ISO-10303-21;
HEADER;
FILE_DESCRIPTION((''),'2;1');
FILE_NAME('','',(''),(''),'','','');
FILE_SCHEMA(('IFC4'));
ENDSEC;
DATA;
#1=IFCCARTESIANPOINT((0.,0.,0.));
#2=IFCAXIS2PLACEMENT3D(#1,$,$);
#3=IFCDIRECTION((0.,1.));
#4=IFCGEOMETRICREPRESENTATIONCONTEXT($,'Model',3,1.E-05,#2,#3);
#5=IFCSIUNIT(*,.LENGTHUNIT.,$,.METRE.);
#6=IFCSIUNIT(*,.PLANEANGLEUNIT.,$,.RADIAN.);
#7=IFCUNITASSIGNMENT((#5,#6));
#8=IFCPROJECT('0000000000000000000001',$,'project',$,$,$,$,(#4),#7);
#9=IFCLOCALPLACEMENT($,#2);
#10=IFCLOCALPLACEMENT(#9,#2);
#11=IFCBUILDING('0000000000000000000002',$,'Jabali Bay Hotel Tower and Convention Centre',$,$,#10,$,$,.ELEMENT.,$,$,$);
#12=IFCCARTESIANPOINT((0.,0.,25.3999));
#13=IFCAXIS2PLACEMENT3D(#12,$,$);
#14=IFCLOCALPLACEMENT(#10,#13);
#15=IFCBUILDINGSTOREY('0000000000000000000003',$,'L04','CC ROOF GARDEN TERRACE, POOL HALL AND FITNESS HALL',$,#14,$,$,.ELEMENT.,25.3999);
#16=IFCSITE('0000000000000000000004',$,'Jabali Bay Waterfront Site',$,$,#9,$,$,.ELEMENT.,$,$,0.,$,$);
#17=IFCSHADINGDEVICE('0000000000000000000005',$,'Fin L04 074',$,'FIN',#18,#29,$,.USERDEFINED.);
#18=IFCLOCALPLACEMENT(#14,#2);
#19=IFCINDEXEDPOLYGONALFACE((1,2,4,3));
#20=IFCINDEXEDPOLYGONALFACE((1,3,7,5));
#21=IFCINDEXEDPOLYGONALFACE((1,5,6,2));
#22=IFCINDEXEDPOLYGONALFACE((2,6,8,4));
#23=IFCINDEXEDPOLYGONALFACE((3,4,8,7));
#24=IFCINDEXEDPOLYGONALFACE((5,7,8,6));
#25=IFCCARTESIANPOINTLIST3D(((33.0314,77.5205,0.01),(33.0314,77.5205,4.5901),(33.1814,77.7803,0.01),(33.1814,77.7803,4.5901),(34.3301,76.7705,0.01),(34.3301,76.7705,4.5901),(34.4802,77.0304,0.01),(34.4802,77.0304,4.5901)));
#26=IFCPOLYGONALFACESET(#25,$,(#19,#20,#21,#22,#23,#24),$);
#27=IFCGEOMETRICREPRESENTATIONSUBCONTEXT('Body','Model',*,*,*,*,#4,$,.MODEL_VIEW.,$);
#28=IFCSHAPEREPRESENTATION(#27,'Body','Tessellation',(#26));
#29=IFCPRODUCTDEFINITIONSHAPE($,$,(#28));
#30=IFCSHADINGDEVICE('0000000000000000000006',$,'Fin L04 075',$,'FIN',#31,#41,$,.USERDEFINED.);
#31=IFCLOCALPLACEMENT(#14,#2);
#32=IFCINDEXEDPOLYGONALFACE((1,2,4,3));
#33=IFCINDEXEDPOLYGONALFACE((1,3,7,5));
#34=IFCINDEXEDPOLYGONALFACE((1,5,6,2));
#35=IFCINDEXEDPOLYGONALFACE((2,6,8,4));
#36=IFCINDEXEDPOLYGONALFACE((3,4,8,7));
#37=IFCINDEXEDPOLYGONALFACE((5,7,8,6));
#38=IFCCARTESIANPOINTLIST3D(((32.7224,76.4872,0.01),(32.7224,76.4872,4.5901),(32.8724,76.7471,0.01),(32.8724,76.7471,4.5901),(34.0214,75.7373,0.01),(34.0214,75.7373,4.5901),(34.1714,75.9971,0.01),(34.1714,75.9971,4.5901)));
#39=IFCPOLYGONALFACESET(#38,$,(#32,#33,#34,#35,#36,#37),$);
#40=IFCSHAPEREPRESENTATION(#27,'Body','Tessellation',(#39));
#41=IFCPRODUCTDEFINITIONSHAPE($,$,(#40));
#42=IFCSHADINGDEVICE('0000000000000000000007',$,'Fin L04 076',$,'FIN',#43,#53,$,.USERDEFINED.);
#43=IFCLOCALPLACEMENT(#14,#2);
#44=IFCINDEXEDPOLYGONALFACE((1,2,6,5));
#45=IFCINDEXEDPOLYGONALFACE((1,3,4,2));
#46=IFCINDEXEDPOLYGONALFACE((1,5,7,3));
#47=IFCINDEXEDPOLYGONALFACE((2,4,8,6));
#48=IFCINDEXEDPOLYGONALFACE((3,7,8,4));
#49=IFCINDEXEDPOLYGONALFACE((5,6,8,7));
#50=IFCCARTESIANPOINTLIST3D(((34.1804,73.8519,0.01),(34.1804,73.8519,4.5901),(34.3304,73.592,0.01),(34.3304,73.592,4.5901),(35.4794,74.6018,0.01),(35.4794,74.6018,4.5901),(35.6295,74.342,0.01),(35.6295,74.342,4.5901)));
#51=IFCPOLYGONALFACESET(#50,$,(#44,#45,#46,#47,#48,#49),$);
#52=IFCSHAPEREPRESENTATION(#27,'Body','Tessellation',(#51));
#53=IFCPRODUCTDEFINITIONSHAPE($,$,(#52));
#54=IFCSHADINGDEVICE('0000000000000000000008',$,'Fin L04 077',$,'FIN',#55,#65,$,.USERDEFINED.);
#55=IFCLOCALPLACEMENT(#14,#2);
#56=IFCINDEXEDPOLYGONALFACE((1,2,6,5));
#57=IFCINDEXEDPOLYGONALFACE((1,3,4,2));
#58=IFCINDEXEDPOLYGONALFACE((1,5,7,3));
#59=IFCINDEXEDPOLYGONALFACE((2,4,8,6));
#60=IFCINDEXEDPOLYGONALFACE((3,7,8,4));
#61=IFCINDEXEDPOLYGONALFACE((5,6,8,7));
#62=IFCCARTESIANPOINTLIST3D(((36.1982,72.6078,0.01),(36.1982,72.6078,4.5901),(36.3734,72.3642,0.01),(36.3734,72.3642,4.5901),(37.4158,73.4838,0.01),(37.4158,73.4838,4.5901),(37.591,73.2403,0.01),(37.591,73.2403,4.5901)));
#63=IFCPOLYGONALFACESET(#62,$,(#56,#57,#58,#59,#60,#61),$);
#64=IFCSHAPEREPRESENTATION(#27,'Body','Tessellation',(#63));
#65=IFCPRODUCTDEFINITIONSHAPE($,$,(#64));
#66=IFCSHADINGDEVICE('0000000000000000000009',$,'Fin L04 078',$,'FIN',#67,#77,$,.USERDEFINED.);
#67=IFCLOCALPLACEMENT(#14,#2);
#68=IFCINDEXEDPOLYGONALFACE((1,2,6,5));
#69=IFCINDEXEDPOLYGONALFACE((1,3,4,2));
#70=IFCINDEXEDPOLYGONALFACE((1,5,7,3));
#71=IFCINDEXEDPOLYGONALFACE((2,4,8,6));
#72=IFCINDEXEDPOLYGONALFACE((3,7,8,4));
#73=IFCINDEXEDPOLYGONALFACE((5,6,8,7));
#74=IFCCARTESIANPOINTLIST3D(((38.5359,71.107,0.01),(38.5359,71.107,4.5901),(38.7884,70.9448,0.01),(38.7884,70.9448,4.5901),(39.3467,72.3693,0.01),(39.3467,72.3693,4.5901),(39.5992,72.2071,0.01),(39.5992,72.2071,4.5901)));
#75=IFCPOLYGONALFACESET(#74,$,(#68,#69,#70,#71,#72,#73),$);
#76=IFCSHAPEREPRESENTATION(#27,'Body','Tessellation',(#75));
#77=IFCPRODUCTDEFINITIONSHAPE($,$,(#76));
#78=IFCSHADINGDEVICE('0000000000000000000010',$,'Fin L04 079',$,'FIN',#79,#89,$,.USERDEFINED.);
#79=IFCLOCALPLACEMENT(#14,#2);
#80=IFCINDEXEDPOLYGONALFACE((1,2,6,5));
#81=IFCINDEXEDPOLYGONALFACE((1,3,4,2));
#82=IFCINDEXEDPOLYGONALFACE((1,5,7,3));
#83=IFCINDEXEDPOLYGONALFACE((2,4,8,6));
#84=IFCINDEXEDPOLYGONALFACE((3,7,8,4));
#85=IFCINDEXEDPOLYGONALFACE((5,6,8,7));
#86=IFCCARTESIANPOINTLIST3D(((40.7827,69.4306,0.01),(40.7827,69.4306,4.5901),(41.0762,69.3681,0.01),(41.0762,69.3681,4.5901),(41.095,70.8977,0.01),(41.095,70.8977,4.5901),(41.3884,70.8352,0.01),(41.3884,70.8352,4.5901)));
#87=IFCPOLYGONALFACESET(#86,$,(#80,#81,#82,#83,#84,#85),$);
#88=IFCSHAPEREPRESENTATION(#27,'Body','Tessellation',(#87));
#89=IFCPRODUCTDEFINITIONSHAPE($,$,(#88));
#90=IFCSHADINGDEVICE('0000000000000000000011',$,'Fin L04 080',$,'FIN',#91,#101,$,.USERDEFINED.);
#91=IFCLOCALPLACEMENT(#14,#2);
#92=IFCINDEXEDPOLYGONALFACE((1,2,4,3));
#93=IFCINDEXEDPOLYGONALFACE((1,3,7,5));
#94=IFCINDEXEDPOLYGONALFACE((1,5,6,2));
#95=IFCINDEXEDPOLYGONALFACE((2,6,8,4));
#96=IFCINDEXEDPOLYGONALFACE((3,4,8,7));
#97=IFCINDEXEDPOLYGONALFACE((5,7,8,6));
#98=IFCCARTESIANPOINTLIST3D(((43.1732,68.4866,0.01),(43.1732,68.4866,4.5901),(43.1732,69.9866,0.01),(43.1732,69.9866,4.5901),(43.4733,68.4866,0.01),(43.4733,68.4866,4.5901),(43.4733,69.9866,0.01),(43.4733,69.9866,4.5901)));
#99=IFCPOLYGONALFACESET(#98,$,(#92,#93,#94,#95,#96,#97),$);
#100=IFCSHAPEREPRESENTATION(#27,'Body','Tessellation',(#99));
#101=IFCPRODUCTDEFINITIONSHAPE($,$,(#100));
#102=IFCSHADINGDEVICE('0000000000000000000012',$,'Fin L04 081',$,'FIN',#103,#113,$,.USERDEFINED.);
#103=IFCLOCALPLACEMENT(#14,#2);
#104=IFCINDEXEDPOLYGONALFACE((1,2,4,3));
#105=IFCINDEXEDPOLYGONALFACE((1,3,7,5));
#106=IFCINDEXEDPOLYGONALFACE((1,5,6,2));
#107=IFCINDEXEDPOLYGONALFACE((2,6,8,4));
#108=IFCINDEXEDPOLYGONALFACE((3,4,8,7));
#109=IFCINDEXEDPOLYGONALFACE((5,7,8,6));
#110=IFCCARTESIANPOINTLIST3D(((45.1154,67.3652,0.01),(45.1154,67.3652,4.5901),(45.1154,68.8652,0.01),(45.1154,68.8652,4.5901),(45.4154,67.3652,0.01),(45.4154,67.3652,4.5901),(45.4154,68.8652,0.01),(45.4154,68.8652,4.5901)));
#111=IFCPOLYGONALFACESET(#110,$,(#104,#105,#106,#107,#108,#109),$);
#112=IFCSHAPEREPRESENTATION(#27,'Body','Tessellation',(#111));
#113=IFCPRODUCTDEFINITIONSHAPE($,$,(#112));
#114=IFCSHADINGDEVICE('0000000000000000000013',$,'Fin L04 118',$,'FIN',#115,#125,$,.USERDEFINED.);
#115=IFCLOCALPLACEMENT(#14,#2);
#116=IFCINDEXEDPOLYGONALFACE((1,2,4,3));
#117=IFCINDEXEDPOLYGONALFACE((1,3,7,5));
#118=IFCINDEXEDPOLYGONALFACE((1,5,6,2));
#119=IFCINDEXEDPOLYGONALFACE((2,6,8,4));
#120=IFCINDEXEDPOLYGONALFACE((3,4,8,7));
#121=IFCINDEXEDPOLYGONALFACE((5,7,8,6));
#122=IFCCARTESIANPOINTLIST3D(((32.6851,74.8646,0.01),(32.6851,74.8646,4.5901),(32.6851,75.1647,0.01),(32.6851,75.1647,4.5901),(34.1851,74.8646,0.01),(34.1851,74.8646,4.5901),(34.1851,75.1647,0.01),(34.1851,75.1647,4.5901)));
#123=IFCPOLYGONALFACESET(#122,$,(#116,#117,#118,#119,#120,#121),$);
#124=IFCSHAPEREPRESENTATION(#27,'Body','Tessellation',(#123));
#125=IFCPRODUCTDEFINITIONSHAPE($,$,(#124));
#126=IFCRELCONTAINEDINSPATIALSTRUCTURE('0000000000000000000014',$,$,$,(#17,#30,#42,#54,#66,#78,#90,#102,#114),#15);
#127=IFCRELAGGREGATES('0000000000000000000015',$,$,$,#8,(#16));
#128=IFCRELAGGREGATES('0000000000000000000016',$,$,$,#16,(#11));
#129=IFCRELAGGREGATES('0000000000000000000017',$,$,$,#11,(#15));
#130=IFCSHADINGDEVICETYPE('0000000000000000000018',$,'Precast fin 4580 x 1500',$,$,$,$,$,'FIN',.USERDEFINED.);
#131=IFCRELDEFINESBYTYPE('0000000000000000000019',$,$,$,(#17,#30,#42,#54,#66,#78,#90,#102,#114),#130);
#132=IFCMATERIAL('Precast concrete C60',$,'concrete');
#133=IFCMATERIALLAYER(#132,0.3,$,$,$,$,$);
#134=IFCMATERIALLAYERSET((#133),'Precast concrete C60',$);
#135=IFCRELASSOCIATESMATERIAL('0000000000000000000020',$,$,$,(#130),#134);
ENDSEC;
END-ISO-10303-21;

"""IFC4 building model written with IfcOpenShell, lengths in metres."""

from ifc_helpers import new_model, si_unit, direction, frame, frame_2d, origin, place, context, subcontext, project, spatial, rectangle, extrude, material, layer, layer_set, type_object, element, save


model = new_model("IFC4")

# Units and contexts
model_context = context("Model", 3, precision=1e-05, world=origin(), true_north=direction((0.0, 1.0)))
body_context = subcontext(model_context, "Body", "Model", "MODEL_VIEW")
ifc_project = project(units=[si_unit("LENGTHUNIT", "METRE"), si_unit("PLANEANGLEUNIT", "RADIAN")], contexts=[model_context])

# Site, building, storey
site_placement = place(None, origin())
site = spatial("IfcSite", under=ifc_project, at=site_placement, Name="Jabali Bay Waterfront Site", CompositionType="ELEMENT", RefElevation=0.0)
building_placement = place(site_placement, origin())
building = spatial("IfcBuilding", under=site, at=building_placement, Name="Jabali Bay Hotel Tower and Convention Centre", CompositionType="ELEMENT")
storey_placement = place(building_placement, frame((0.0, 0.0, 25.3999)))
storey = spatial("IfcBuildingStorey", under=building, at=storey_placement, Name="L04", Description="CC ROOF GARDEN TERRACE, POOL HALL AND FITNESS HALL", CompositionType="ELEMENT", Elevation=25.3999)

# Shading devices
ifc_material_1 = material(Name="Precast concrete C60", Category="concrete")
ifc_layer_1 = layer(ifc_material_1, 0.3)
ifc_layer_set_1 = layer_set([ifc_layer_1], Name="Precast concrete C60")
shading_device_type = type_object("IfcShadingDeviceType", Name="Precast fin 4580 x 1500", ElementType="FIN", PredefinedType="USERDEFINED", material=ifc_layer_set_1)
shading_device_1_placement = place(storey_placement, frame((34.4053, 76.9004, 0.01), z_axis=(0.0, 0.0, 1.0), x_axis=(-0.86599, 0.500061, 0.0)))
element("IfcShadingDevice", 1, at=shading_device_1_placement, inside=storey, type_object=shading_device_type, Name="Fin L04 074", ObjectType="FIN", PredefinedType="USERDEFINED", context=body_context, shape_type="SweptSolid", body=[
    extrude(rectangle(XDim=1.4998, YDim=0.3, at=frame_2d((0.75, 0.0))), origin(), (0.0, 0.0, 1.0), 4.5801),
])
for number, where, z_axis, x_axis, name in (
    (2, (34.0964, 75.8672, 0.01), (0.0, 0.0, 1.0), (-0.866031, 0.49999, 0.0), "Fin L04 075"),
    (3, (35.5544, 74.4719, 0.01), (0.0, 0.0, 1.0), (-0.866031, -0.49999, 0.0), "Fin L04 076"),
    (4, (37.5034, 73.3621, 0.01), (0.0, 0.0, 1.0), (-0.811738, -0.584022, 0.0), "Fin L04 077"),
):
    element("IfcShadingDevice", number, at=place(storey_placement, frame(where, z_axis=z_axis, x_axis=x_axis)), inside=storey, type_object=shading_device_type, Name=name, ObjectType="FIN", PredefinedType="USERDEFINED", context=body_context, shape_type="SweptSolid", body=[
        extrude(rectangle(XDim=1.5, YDim=0.3, at=frame_2d((0.75, 0.0))), origin(), (0.0, 0.0, 1.0), 4.5801),
    ])
shading_device_2_placement = place(storey_placement, frame((39.4729, 72.2881, 0.01), z_axis=(0.0, 0.0, 1.0), x_axis=(-0.540461, -0.841369, 0.0)))
element("IfcShadingDevice", 5, at=shading_device_2_placement, inside=storey, type_object=shading_device_type, Name="Fin L04 078", ObjectType="FIN", PredefinedType="USERDEFINED", context=body_context, shape_type="SweptSolid", body=[
    extrude(rectangle(XDim=1.5002, YDim=0.3, at=frame_2d((0.75, 0.0))), origin(), (0.0, 0.0, 1.0), 4.5801),
])
for number, where, z_axis, x_axis, name in (
    (6, (41.2417, 70.8665, 0.01), (0.0, 0.0, 1.0), (-0.208184, -0.97809, 0.0), "Fin L04 079"),
    (7, (43.3232, 69.9866, 0.01), (0.0, 0.0, 1.0), (0.0, -1.0, 0.0), "Fin L04 080"),
    (8, (45.2654, 68.8652, 0.01), (0.0, 0.0, 1.0), (0.0, -1.0, 0.0), "Fin L04 081"),
    (9, (34.1851, 75.0146, 0.01), (0.0, 0.0, 1.0), (-1.0, 0.0, 0.0), "Fin L04 118"),
):
    element("IfcShadingDevice", number, at=place(storey_placement, frame(where, z_axis=z_axis, x_axis=x_axis)), inside=storey, type_object=shading_device_type, Name=name, ObjectType="FIN", PredefinedType="USERDEFINED", context=body_context, shape_type="SweptSolid", body=[
        extrude(rectangle(XDim=1.5, YDim=0.3, at=frame_2d((0.75, 0.0))), origin(), (0.0, 0.0, 1.0), 4.5801),
    ])

save(model, "model.ifc")
